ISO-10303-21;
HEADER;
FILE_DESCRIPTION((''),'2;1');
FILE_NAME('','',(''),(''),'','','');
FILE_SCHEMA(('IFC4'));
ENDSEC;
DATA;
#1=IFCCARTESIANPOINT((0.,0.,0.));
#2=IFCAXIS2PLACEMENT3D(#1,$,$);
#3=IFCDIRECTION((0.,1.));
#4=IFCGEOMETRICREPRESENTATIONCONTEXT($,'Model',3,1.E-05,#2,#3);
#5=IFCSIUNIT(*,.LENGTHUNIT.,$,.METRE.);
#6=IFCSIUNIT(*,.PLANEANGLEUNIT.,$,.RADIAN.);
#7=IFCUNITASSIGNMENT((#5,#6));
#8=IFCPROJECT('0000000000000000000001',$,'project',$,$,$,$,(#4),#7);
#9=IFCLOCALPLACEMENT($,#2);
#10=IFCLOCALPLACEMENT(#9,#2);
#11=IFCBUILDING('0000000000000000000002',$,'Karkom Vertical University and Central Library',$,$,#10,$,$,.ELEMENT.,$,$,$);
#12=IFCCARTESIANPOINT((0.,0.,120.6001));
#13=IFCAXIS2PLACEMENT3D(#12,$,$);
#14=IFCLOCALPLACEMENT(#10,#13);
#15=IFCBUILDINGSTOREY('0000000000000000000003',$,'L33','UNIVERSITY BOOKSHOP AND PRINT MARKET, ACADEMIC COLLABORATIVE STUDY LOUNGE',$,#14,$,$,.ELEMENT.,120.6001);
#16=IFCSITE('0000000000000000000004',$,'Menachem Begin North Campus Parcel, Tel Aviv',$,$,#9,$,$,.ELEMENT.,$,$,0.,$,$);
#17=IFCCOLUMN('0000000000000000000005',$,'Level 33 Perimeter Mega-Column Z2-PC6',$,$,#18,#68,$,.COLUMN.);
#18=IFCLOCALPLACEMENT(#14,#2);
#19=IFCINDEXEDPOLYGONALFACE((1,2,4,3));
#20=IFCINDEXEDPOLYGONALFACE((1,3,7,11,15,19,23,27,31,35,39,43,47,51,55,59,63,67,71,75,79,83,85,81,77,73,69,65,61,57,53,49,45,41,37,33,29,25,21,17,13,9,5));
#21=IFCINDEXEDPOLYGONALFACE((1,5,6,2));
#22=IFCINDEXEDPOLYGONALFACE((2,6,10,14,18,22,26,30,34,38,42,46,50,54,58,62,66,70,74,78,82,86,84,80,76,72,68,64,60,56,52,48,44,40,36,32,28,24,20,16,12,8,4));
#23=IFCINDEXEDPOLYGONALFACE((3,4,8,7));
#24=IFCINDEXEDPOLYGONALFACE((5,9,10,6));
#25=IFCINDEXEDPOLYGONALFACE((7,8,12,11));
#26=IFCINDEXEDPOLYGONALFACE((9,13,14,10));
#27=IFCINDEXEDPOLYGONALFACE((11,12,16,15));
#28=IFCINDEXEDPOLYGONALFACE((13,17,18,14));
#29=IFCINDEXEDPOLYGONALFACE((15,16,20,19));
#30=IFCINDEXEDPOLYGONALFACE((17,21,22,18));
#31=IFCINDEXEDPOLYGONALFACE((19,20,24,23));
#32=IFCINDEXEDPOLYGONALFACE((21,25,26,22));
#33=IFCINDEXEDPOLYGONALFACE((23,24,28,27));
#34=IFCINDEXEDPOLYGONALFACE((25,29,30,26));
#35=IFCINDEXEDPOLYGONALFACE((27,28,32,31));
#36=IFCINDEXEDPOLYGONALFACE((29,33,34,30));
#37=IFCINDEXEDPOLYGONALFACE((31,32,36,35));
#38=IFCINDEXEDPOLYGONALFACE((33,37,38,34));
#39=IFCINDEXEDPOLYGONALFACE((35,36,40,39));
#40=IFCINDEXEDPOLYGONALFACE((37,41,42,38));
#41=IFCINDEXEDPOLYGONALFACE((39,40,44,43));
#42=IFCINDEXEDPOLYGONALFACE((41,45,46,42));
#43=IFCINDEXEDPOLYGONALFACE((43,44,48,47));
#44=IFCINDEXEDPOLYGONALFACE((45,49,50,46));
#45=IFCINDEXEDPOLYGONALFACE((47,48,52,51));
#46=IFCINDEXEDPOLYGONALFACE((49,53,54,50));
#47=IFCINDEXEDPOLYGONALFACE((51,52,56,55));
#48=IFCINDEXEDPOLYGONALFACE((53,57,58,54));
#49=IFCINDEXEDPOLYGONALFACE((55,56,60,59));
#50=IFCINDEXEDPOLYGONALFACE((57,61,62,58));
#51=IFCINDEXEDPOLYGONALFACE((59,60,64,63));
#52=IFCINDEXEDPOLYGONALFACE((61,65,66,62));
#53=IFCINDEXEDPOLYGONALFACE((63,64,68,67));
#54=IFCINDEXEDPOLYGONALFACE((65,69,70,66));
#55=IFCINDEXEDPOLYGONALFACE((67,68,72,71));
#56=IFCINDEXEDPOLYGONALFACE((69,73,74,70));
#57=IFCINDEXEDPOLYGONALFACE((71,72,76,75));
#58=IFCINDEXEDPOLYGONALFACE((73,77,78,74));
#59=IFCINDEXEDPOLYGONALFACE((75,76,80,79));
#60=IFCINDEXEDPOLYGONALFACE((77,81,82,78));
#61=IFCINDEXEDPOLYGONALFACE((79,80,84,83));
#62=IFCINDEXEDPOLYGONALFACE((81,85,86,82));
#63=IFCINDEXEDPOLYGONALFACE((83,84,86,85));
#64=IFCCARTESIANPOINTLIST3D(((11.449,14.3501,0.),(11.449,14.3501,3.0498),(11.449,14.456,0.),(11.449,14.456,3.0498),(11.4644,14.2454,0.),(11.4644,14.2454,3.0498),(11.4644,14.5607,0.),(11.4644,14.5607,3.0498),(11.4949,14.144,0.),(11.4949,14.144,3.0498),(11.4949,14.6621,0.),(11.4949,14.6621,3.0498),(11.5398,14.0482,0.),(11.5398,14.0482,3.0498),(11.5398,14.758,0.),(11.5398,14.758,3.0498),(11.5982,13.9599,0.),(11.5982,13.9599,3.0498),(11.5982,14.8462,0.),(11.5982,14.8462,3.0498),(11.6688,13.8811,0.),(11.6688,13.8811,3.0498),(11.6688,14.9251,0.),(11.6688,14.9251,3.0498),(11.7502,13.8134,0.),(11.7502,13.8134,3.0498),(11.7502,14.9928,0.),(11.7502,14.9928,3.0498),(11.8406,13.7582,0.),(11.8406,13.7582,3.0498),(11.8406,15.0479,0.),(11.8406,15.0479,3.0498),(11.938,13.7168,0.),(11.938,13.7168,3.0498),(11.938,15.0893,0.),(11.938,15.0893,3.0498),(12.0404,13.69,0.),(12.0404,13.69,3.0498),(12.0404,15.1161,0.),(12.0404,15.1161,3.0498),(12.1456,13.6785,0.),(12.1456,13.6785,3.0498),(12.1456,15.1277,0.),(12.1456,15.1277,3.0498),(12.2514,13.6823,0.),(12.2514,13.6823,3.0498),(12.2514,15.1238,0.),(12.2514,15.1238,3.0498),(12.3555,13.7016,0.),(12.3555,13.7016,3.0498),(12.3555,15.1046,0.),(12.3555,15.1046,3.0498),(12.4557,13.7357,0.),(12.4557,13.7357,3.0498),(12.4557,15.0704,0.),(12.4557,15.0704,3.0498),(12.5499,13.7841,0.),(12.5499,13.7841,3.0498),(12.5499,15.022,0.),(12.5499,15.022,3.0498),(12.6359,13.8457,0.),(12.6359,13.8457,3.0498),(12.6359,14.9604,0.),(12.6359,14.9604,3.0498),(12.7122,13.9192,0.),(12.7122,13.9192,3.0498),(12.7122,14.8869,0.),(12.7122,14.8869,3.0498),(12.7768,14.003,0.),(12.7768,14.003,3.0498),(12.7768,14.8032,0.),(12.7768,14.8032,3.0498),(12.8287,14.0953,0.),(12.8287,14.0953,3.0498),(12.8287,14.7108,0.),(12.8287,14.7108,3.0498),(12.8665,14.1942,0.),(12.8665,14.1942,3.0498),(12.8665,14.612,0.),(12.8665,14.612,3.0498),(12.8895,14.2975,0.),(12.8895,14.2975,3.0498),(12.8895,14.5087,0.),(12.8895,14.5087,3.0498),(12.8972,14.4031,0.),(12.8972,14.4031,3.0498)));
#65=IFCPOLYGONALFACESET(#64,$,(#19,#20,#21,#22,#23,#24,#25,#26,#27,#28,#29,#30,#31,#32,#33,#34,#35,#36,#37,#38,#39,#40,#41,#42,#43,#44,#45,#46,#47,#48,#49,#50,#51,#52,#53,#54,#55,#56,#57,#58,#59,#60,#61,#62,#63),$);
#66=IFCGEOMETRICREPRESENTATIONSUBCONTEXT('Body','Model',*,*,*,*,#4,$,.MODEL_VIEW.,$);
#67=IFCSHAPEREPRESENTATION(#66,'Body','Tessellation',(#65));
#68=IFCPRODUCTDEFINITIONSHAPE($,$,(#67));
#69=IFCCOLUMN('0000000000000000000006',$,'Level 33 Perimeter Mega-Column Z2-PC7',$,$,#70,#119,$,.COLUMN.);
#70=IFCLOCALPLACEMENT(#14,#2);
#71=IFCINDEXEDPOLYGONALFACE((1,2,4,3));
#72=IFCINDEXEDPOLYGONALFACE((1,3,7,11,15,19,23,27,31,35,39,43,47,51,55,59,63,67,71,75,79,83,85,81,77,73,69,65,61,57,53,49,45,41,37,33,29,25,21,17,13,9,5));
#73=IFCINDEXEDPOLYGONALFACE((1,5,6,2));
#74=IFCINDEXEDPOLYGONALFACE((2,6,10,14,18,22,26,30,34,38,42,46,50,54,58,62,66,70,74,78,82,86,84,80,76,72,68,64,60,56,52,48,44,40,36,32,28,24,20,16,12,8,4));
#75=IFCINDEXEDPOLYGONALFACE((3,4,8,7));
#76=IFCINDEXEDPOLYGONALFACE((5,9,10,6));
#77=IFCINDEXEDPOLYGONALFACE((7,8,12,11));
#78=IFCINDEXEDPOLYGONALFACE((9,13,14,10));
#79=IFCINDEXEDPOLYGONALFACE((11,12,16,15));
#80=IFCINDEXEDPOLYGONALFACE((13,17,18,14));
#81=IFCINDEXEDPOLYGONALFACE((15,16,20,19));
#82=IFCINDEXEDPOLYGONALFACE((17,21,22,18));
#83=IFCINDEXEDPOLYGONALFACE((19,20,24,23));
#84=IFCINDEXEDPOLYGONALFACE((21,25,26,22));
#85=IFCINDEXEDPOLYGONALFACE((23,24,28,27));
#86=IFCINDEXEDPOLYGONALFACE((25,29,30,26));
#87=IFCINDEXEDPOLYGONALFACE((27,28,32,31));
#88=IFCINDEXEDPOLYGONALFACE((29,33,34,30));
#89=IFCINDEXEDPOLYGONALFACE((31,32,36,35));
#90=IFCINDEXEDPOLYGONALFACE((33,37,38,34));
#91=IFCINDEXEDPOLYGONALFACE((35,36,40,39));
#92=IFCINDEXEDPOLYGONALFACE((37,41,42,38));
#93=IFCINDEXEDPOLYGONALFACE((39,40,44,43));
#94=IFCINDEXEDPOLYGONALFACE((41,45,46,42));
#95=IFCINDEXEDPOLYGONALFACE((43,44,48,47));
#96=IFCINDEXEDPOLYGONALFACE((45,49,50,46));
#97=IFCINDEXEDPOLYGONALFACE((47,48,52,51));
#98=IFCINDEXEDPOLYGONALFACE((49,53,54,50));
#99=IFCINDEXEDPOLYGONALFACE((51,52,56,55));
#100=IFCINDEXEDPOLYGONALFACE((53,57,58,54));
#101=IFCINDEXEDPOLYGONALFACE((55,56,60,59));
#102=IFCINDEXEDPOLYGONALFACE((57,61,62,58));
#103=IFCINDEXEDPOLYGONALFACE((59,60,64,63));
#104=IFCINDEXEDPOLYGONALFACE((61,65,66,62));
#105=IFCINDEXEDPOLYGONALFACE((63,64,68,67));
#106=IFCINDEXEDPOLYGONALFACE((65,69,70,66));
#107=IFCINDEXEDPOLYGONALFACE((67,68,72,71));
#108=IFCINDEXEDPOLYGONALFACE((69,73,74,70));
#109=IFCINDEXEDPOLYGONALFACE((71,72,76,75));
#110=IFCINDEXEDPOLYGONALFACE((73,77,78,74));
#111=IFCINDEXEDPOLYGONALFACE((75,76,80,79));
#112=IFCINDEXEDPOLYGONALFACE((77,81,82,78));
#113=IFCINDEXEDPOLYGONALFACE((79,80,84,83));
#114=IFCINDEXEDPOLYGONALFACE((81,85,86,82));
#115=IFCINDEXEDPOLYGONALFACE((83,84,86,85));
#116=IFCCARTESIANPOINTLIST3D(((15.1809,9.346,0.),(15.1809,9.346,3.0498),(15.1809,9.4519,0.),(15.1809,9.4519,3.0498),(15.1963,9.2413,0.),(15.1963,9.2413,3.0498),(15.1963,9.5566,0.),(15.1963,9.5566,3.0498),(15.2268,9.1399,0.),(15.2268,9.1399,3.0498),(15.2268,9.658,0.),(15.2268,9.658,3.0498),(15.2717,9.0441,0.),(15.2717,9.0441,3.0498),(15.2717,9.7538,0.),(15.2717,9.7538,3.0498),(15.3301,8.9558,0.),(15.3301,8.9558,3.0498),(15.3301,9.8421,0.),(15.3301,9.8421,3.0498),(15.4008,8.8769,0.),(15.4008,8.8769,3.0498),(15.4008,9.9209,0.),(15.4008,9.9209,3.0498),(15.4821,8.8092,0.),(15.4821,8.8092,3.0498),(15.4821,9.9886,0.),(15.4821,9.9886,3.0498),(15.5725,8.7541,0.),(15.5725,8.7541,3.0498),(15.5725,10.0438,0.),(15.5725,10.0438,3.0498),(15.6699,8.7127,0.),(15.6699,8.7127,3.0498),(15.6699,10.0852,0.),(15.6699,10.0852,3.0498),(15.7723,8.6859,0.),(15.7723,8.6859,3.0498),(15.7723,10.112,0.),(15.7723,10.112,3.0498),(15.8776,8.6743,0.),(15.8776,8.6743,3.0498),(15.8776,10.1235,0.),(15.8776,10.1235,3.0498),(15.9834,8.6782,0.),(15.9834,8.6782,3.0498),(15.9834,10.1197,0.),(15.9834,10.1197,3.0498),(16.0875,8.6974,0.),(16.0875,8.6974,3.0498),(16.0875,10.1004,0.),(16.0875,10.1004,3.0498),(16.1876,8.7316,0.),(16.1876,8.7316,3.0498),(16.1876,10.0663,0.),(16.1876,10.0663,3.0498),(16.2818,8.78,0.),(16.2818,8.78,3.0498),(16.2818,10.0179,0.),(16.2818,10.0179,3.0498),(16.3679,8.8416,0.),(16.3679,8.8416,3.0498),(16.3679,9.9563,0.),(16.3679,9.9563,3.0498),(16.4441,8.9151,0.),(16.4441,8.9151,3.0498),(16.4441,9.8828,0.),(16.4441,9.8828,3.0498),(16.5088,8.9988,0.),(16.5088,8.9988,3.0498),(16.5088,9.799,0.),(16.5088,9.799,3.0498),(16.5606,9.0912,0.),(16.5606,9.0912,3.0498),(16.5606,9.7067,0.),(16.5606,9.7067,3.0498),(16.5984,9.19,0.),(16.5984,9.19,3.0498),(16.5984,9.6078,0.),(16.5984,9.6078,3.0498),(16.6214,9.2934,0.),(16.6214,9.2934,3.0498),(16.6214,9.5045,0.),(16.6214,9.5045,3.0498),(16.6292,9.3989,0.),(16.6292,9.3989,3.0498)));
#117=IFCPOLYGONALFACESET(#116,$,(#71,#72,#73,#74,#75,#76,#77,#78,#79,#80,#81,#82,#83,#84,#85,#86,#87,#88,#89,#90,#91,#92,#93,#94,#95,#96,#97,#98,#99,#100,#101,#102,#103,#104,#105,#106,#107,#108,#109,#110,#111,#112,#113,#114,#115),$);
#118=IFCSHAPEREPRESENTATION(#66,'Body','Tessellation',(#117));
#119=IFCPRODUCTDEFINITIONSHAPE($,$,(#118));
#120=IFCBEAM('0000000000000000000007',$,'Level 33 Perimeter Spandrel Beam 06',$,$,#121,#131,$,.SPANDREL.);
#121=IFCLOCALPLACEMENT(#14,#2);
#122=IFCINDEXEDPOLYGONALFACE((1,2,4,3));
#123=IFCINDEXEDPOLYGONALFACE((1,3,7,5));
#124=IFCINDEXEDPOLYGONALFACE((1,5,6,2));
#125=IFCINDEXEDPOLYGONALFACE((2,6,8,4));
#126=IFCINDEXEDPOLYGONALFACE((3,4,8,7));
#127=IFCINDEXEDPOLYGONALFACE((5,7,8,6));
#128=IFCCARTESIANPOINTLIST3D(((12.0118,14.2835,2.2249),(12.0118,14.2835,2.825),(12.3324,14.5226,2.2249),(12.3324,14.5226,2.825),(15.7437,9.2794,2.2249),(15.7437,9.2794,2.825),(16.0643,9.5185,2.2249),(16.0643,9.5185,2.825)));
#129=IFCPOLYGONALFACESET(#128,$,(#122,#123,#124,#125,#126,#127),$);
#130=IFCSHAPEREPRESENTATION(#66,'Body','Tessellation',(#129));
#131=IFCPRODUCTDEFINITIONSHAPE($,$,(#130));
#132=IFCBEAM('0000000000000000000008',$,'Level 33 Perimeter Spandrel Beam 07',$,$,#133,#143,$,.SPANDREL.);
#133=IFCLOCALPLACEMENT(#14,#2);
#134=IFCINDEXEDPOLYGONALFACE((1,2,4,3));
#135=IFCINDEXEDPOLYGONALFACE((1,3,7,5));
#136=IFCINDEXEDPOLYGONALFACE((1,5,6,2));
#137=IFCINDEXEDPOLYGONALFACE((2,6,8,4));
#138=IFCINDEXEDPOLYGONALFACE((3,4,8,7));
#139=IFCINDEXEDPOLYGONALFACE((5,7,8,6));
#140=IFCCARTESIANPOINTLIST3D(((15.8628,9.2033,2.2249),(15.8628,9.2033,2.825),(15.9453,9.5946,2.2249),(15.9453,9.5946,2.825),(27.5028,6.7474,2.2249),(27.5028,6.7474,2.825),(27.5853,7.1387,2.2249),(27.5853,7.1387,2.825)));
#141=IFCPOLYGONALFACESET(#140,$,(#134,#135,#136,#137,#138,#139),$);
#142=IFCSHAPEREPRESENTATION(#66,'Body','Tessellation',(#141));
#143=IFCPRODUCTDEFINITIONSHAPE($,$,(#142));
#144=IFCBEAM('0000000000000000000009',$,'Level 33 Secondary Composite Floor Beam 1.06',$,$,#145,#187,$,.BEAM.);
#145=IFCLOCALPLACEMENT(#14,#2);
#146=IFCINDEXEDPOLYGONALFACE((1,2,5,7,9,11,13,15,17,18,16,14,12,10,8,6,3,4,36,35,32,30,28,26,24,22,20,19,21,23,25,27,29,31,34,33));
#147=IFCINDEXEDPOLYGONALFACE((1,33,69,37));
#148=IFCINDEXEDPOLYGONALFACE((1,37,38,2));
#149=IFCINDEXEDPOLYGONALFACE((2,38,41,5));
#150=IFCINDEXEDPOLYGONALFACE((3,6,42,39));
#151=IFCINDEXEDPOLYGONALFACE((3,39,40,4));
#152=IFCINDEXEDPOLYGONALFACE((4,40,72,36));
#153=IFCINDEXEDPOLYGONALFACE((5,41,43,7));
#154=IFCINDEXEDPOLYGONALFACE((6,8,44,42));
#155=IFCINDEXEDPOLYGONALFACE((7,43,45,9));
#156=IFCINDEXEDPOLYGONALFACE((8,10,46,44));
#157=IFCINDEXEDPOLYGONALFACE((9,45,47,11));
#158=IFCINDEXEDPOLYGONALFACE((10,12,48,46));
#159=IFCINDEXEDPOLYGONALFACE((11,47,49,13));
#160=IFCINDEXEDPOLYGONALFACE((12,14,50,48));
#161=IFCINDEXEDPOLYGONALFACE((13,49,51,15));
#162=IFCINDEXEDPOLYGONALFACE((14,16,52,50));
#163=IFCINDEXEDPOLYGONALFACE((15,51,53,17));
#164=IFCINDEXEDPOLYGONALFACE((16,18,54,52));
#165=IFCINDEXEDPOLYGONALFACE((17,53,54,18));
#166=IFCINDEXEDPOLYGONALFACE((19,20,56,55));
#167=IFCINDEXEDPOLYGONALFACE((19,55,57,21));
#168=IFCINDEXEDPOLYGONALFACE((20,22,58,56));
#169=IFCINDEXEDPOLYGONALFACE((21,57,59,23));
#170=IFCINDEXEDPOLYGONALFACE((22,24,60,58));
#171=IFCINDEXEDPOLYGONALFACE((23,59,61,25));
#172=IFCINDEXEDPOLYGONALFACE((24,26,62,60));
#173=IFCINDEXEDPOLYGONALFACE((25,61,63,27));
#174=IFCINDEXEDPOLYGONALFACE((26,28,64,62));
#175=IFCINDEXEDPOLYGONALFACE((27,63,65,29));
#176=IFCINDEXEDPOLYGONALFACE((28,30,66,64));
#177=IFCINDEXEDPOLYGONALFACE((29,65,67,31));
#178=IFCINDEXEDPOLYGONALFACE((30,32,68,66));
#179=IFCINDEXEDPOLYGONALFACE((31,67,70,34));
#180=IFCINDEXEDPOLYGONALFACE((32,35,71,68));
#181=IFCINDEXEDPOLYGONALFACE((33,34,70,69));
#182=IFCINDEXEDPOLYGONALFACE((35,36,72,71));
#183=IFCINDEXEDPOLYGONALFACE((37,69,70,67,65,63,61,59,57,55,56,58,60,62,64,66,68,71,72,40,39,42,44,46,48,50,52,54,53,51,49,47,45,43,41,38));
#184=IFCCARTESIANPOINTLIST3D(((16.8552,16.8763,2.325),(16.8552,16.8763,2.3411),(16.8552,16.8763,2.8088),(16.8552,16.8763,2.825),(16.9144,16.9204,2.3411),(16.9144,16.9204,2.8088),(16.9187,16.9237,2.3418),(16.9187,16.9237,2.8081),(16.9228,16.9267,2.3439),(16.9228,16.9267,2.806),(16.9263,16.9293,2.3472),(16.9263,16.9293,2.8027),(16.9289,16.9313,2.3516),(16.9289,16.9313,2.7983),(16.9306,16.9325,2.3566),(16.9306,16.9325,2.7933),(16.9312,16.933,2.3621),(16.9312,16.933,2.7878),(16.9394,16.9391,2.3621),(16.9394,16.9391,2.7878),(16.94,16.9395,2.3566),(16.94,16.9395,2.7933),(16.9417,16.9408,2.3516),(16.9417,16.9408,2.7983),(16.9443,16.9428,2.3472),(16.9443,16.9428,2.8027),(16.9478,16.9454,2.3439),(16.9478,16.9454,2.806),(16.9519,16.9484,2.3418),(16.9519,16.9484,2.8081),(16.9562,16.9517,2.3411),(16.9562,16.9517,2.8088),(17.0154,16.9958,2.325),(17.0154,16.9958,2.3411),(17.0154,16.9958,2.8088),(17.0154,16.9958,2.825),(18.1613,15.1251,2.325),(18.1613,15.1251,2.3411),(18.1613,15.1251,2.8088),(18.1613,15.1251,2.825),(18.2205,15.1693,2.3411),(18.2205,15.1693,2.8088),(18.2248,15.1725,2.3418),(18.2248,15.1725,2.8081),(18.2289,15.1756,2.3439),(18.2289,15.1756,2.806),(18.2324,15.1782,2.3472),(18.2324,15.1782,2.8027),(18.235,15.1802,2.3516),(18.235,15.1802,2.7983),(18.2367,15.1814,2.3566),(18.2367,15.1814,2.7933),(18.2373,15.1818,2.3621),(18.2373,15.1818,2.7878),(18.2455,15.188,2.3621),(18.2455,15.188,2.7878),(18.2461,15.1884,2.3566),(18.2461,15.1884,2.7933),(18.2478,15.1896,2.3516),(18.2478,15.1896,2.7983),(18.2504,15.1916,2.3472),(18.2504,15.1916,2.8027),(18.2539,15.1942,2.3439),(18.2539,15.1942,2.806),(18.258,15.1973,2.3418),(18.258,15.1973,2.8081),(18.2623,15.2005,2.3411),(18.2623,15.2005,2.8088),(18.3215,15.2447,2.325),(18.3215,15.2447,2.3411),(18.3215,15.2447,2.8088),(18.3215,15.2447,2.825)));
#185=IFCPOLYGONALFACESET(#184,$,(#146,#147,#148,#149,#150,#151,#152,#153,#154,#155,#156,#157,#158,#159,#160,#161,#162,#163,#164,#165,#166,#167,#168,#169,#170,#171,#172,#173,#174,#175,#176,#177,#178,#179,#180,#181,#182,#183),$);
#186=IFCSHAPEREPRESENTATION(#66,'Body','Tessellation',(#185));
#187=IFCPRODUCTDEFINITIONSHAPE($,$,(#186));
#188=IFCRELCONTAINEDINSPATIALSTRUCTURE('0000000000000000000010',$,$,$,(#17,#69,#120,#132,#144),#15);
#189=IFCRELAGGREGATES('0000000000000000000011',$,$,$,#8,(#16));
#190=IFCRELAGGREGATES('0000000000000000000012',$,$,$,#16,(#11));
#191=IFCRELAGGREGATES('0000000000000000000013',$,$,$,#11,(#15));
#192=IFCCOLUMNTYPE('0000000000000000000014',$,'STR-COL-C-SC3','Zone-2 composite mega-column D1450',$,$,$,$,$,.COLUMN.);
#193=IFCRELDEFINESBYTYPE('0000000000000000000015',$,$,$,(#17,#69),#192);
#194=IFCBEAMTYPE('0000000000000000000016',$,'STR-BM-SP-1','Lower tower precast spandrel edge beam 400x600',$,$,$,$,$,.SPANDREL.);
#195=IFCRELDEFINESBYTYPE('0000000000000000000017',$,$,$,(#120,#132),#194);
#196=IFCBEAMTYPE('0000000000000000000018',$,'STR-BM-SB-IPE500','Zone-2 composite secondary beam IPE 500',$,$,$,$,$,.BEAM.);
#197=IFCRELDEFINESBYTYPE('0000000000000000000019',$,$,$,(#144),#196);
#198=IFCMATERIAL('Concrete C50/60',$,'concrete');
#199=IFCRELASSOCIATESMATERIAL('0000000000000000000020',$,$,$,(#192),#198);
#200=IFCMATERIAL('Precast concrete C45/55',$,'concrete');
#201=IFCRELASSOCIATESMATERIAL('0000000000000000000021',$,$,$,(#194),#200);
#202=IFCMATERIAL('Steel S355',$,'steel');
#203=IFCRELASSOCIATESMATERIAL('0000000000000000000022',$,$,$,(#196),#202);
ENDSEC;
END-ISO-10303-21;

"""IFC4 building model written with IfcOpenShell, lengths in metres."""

from ifc_helpers import new_model, si_unit, direction, frame, origin, origin_with_axes, origin_2d, place, context, subcontext, project, spatial, rectangle, circle, i_section, extrude, source, transform, mapped, material, material_profile, profile_set, type_object, element, save


model = new_model("IFC4")

# Units and contexts
model_context = context("Model", 3, precision=1e-05, world=origin(), true_north=direction((0.0, 1.0)))
body_context = subcontext(model_context, "Body", "Model", "MODEL_VIEW")
ifc_project = project(units=[si_unit("LENGTHUNIT", "METRE"), si_unit("PLANEANGLEUNIT", "RADIAN")], contexts=[model_context])

# Site, building, storey
site_placement = place(None, origin())
site = spatial("IfcSite", under=ifc_project, at=site_placement, Name="Menachem Begin North Campus Parcel, Tel Aviv", CompositionType="ELEMENT", RefElevation=0.0)
building_placement = place(site_placement, origin())
building = spatial("IfcBuilding", under=site, at=building_placement, Name="Karkom Vertical University and Central Library", CompositionType="ELEMENT")
storey_placement = place(building_placement, frame((0.0, 0.0, 120.6001)))
storey = spatial("IfcBuildingStorey", under=building, at=storey_placement, Name="L33", Description="UNIVERSITY BOOKSHOP AND PRINT MARKET, ACADEMIC COLLABORATIVE STUDY LOUNGE", CompositionType="ELEMENT", Elevation=120.6001)

# Columns
ifc_material_1 = material(Name="Concrete C50/60", Category="concrete")
ifc_material_profile_1 = material_profile(ifc_material_1, circle(Radius=0.7251, at=origin_2d()), Name="CFT-D1450")
ifc_profile_set_1 = profile_set([ifc_material_profile_1], Name="Concrete C50/60")
column_type = type_object("IfcColumnType", Name="STR-COL-C-SC3", Description="Zone-2 composite mega-column D1450", PredefinedType="COLUMN", material=ifc_profile_set_1)
shared_shape_1 = source(origin_with_axes(), body_context, "Body", "SweptSolid", [
    extrude(circle(Radius=0.7251, at=origin_2d()), origin(), (0.0, 0.0, 1.0), 3.0498),
])
for number, where, z_axis, x_axis, name in (
    (1, (12.1721, 14.4031, 0.0), (0.0, 0.0, 1.0), (1.0, 0.0, 0.0), "Level 33 Perimeter Mega-Column Z2-PC6"),
    (2, (15.9041, 9.3989, 0.0), (0.0, 0.0, 1.0), (1.0, 0.0, 0.0), "Level 33 Perimeter Mega-Column Z2-PC7"),
):
    element("IfcColumn", number, at=place(storey_placement, frame(where, z_axis=z_axis, x_axis=x_axis)), inside=storey, type_object=column_type, Name=name, PredefinedType="COLUMN", context=body_context, shape_type="MappedRepresentation", body=[
        mapped(shared_shape_1, transform((0.0, 0.0, 0.0), scale=1.0)),
    ])

# Beams
ifc_material_2 = material(Name="Precast concrete C45/55", Category="concrete")
ifc_material_profile_2 = material_profile(ifc_material_2, rectangle(XDim=0.3999, YDim=0.6001, at=origin_2d()), Name="SPB-400x600")
ifc_profile_set_2 = profile_set([ifc_material_profile_2], Name="Precast concrete C45/55")
beam_type_1 = type_object("IfcBeamType", Name="STR-BM-SP-1", Description="Lower tower precast spandrel edge beam 400x600", PredefinedType="SPANDREL", material=ifc_profile_set_2)
shared_shape_2 = source(origin_with_axes(), body_context, "Body", "SweptSolid", [
    extrude(rectangle(XDim=0.3999, YDim=0.6001, at=origin_2d()), origin(), (0.0, 0.0, 1.0), 6.2424),
])
beam_1_placement = place(storey_placement, frame((12.1721, 14.4031, 2.5249), z_axis=(0.597826, -0.801626, 0.0), x_axis=(0.801626, 0.597826, 0.0)))
element("IfcBeam", 3, at=beam_1_placement, inside=storey, type_object=beam_type_1, Name="Level 33 Perimeter Spandrel Beam 06", PredefinedType="SPANDREL", context=body_context, shape_type="MappedRepresentation", body=[
    mapped(shared_shape_2, transform((0.0, 0.0, 0.0), scale=1.0)),
])
shared_shape_3 = source(origin_with_axes(), body_context, "Body", "SweptSolid", [
    extrude(rectangle(XDim=0.3999, YDim=0.6001, at=origin_2d()), origin(), (0.0, 0.0, 1.0), 11.8962),
])
beam_2_placement = place(storey_placement, frame((15.9041, 9.3989, 2.5249), z_axis=(0.97846, -0.206438, 0.0), x_axis=(0.206438, 0.97846, 0.0)))
element("IfcBeam", 4, at=beam_2_placement, inside=storey, type_object=beam_type_1, Name="Level 33 Perimeter Spandrel Beam 07", PredefinedType="SPANDREL", context=body_context, shape_type="MappedRepresentation", body=[
    mapped(shared_shape_3, transform((0.0, 0.0, 0.0), scale=1.0)),
])
ifc_material_3 = material(Name="Steel S355", Category="steel")
ifc_material_profile_3 = material_profile(ifc_material_3, i_section(OverallWidth=0.2, OverallDepth=0.5, WebThickness=0.0103, FlangeThickness=0.0161, FilletRadius=0.021, at=origin_2d()), Name="IPE 500")
ifc_profile_set_3 = profile_set([ifc_material_profile_3], Name="Steel S355")
beam_type_2 = type_object("IfcBeamType", Name="STR-BM-SB-IPE500", Description="Zone-2 composite secondary beam IPE 500", PredefinedType="BEAM", material=ifc_profile_set_3)
shared_shape_4 = source(origin_with_axes(), body_context, "Body", "SweptSolid", [
    extrude(i_section(OverallWidth=0.2, OverallDepth=0.5, WebThickness=0.0103, FlangeThickness=0.0161, FilletRadius=0.021, at=origin_2d()), origin(), (0.0, 0.0, 1.0), 2.1846),
])
beam_3_placement = place(storey_placement, frame((16.9353, 16.936, 2.575), z_axis=(0.59787, -0.801593, 0.0), x_axis=(0.801593, 0.59787, 0.0)))
element("IfcBeam", 5, at=beam_3_placement, inside=storey, type_object=beam_type_2, Name="Level 33 Secondary Composite Floor Beam 1.06", PredefinedType="BEAM", context=body_context, shape_type="MappedRepresentation", body=[
    mapped(shared_shape_4, transform((0.0, 0.0, 0.0), scale=1.0)),
])

save(model, "model.ifc")
